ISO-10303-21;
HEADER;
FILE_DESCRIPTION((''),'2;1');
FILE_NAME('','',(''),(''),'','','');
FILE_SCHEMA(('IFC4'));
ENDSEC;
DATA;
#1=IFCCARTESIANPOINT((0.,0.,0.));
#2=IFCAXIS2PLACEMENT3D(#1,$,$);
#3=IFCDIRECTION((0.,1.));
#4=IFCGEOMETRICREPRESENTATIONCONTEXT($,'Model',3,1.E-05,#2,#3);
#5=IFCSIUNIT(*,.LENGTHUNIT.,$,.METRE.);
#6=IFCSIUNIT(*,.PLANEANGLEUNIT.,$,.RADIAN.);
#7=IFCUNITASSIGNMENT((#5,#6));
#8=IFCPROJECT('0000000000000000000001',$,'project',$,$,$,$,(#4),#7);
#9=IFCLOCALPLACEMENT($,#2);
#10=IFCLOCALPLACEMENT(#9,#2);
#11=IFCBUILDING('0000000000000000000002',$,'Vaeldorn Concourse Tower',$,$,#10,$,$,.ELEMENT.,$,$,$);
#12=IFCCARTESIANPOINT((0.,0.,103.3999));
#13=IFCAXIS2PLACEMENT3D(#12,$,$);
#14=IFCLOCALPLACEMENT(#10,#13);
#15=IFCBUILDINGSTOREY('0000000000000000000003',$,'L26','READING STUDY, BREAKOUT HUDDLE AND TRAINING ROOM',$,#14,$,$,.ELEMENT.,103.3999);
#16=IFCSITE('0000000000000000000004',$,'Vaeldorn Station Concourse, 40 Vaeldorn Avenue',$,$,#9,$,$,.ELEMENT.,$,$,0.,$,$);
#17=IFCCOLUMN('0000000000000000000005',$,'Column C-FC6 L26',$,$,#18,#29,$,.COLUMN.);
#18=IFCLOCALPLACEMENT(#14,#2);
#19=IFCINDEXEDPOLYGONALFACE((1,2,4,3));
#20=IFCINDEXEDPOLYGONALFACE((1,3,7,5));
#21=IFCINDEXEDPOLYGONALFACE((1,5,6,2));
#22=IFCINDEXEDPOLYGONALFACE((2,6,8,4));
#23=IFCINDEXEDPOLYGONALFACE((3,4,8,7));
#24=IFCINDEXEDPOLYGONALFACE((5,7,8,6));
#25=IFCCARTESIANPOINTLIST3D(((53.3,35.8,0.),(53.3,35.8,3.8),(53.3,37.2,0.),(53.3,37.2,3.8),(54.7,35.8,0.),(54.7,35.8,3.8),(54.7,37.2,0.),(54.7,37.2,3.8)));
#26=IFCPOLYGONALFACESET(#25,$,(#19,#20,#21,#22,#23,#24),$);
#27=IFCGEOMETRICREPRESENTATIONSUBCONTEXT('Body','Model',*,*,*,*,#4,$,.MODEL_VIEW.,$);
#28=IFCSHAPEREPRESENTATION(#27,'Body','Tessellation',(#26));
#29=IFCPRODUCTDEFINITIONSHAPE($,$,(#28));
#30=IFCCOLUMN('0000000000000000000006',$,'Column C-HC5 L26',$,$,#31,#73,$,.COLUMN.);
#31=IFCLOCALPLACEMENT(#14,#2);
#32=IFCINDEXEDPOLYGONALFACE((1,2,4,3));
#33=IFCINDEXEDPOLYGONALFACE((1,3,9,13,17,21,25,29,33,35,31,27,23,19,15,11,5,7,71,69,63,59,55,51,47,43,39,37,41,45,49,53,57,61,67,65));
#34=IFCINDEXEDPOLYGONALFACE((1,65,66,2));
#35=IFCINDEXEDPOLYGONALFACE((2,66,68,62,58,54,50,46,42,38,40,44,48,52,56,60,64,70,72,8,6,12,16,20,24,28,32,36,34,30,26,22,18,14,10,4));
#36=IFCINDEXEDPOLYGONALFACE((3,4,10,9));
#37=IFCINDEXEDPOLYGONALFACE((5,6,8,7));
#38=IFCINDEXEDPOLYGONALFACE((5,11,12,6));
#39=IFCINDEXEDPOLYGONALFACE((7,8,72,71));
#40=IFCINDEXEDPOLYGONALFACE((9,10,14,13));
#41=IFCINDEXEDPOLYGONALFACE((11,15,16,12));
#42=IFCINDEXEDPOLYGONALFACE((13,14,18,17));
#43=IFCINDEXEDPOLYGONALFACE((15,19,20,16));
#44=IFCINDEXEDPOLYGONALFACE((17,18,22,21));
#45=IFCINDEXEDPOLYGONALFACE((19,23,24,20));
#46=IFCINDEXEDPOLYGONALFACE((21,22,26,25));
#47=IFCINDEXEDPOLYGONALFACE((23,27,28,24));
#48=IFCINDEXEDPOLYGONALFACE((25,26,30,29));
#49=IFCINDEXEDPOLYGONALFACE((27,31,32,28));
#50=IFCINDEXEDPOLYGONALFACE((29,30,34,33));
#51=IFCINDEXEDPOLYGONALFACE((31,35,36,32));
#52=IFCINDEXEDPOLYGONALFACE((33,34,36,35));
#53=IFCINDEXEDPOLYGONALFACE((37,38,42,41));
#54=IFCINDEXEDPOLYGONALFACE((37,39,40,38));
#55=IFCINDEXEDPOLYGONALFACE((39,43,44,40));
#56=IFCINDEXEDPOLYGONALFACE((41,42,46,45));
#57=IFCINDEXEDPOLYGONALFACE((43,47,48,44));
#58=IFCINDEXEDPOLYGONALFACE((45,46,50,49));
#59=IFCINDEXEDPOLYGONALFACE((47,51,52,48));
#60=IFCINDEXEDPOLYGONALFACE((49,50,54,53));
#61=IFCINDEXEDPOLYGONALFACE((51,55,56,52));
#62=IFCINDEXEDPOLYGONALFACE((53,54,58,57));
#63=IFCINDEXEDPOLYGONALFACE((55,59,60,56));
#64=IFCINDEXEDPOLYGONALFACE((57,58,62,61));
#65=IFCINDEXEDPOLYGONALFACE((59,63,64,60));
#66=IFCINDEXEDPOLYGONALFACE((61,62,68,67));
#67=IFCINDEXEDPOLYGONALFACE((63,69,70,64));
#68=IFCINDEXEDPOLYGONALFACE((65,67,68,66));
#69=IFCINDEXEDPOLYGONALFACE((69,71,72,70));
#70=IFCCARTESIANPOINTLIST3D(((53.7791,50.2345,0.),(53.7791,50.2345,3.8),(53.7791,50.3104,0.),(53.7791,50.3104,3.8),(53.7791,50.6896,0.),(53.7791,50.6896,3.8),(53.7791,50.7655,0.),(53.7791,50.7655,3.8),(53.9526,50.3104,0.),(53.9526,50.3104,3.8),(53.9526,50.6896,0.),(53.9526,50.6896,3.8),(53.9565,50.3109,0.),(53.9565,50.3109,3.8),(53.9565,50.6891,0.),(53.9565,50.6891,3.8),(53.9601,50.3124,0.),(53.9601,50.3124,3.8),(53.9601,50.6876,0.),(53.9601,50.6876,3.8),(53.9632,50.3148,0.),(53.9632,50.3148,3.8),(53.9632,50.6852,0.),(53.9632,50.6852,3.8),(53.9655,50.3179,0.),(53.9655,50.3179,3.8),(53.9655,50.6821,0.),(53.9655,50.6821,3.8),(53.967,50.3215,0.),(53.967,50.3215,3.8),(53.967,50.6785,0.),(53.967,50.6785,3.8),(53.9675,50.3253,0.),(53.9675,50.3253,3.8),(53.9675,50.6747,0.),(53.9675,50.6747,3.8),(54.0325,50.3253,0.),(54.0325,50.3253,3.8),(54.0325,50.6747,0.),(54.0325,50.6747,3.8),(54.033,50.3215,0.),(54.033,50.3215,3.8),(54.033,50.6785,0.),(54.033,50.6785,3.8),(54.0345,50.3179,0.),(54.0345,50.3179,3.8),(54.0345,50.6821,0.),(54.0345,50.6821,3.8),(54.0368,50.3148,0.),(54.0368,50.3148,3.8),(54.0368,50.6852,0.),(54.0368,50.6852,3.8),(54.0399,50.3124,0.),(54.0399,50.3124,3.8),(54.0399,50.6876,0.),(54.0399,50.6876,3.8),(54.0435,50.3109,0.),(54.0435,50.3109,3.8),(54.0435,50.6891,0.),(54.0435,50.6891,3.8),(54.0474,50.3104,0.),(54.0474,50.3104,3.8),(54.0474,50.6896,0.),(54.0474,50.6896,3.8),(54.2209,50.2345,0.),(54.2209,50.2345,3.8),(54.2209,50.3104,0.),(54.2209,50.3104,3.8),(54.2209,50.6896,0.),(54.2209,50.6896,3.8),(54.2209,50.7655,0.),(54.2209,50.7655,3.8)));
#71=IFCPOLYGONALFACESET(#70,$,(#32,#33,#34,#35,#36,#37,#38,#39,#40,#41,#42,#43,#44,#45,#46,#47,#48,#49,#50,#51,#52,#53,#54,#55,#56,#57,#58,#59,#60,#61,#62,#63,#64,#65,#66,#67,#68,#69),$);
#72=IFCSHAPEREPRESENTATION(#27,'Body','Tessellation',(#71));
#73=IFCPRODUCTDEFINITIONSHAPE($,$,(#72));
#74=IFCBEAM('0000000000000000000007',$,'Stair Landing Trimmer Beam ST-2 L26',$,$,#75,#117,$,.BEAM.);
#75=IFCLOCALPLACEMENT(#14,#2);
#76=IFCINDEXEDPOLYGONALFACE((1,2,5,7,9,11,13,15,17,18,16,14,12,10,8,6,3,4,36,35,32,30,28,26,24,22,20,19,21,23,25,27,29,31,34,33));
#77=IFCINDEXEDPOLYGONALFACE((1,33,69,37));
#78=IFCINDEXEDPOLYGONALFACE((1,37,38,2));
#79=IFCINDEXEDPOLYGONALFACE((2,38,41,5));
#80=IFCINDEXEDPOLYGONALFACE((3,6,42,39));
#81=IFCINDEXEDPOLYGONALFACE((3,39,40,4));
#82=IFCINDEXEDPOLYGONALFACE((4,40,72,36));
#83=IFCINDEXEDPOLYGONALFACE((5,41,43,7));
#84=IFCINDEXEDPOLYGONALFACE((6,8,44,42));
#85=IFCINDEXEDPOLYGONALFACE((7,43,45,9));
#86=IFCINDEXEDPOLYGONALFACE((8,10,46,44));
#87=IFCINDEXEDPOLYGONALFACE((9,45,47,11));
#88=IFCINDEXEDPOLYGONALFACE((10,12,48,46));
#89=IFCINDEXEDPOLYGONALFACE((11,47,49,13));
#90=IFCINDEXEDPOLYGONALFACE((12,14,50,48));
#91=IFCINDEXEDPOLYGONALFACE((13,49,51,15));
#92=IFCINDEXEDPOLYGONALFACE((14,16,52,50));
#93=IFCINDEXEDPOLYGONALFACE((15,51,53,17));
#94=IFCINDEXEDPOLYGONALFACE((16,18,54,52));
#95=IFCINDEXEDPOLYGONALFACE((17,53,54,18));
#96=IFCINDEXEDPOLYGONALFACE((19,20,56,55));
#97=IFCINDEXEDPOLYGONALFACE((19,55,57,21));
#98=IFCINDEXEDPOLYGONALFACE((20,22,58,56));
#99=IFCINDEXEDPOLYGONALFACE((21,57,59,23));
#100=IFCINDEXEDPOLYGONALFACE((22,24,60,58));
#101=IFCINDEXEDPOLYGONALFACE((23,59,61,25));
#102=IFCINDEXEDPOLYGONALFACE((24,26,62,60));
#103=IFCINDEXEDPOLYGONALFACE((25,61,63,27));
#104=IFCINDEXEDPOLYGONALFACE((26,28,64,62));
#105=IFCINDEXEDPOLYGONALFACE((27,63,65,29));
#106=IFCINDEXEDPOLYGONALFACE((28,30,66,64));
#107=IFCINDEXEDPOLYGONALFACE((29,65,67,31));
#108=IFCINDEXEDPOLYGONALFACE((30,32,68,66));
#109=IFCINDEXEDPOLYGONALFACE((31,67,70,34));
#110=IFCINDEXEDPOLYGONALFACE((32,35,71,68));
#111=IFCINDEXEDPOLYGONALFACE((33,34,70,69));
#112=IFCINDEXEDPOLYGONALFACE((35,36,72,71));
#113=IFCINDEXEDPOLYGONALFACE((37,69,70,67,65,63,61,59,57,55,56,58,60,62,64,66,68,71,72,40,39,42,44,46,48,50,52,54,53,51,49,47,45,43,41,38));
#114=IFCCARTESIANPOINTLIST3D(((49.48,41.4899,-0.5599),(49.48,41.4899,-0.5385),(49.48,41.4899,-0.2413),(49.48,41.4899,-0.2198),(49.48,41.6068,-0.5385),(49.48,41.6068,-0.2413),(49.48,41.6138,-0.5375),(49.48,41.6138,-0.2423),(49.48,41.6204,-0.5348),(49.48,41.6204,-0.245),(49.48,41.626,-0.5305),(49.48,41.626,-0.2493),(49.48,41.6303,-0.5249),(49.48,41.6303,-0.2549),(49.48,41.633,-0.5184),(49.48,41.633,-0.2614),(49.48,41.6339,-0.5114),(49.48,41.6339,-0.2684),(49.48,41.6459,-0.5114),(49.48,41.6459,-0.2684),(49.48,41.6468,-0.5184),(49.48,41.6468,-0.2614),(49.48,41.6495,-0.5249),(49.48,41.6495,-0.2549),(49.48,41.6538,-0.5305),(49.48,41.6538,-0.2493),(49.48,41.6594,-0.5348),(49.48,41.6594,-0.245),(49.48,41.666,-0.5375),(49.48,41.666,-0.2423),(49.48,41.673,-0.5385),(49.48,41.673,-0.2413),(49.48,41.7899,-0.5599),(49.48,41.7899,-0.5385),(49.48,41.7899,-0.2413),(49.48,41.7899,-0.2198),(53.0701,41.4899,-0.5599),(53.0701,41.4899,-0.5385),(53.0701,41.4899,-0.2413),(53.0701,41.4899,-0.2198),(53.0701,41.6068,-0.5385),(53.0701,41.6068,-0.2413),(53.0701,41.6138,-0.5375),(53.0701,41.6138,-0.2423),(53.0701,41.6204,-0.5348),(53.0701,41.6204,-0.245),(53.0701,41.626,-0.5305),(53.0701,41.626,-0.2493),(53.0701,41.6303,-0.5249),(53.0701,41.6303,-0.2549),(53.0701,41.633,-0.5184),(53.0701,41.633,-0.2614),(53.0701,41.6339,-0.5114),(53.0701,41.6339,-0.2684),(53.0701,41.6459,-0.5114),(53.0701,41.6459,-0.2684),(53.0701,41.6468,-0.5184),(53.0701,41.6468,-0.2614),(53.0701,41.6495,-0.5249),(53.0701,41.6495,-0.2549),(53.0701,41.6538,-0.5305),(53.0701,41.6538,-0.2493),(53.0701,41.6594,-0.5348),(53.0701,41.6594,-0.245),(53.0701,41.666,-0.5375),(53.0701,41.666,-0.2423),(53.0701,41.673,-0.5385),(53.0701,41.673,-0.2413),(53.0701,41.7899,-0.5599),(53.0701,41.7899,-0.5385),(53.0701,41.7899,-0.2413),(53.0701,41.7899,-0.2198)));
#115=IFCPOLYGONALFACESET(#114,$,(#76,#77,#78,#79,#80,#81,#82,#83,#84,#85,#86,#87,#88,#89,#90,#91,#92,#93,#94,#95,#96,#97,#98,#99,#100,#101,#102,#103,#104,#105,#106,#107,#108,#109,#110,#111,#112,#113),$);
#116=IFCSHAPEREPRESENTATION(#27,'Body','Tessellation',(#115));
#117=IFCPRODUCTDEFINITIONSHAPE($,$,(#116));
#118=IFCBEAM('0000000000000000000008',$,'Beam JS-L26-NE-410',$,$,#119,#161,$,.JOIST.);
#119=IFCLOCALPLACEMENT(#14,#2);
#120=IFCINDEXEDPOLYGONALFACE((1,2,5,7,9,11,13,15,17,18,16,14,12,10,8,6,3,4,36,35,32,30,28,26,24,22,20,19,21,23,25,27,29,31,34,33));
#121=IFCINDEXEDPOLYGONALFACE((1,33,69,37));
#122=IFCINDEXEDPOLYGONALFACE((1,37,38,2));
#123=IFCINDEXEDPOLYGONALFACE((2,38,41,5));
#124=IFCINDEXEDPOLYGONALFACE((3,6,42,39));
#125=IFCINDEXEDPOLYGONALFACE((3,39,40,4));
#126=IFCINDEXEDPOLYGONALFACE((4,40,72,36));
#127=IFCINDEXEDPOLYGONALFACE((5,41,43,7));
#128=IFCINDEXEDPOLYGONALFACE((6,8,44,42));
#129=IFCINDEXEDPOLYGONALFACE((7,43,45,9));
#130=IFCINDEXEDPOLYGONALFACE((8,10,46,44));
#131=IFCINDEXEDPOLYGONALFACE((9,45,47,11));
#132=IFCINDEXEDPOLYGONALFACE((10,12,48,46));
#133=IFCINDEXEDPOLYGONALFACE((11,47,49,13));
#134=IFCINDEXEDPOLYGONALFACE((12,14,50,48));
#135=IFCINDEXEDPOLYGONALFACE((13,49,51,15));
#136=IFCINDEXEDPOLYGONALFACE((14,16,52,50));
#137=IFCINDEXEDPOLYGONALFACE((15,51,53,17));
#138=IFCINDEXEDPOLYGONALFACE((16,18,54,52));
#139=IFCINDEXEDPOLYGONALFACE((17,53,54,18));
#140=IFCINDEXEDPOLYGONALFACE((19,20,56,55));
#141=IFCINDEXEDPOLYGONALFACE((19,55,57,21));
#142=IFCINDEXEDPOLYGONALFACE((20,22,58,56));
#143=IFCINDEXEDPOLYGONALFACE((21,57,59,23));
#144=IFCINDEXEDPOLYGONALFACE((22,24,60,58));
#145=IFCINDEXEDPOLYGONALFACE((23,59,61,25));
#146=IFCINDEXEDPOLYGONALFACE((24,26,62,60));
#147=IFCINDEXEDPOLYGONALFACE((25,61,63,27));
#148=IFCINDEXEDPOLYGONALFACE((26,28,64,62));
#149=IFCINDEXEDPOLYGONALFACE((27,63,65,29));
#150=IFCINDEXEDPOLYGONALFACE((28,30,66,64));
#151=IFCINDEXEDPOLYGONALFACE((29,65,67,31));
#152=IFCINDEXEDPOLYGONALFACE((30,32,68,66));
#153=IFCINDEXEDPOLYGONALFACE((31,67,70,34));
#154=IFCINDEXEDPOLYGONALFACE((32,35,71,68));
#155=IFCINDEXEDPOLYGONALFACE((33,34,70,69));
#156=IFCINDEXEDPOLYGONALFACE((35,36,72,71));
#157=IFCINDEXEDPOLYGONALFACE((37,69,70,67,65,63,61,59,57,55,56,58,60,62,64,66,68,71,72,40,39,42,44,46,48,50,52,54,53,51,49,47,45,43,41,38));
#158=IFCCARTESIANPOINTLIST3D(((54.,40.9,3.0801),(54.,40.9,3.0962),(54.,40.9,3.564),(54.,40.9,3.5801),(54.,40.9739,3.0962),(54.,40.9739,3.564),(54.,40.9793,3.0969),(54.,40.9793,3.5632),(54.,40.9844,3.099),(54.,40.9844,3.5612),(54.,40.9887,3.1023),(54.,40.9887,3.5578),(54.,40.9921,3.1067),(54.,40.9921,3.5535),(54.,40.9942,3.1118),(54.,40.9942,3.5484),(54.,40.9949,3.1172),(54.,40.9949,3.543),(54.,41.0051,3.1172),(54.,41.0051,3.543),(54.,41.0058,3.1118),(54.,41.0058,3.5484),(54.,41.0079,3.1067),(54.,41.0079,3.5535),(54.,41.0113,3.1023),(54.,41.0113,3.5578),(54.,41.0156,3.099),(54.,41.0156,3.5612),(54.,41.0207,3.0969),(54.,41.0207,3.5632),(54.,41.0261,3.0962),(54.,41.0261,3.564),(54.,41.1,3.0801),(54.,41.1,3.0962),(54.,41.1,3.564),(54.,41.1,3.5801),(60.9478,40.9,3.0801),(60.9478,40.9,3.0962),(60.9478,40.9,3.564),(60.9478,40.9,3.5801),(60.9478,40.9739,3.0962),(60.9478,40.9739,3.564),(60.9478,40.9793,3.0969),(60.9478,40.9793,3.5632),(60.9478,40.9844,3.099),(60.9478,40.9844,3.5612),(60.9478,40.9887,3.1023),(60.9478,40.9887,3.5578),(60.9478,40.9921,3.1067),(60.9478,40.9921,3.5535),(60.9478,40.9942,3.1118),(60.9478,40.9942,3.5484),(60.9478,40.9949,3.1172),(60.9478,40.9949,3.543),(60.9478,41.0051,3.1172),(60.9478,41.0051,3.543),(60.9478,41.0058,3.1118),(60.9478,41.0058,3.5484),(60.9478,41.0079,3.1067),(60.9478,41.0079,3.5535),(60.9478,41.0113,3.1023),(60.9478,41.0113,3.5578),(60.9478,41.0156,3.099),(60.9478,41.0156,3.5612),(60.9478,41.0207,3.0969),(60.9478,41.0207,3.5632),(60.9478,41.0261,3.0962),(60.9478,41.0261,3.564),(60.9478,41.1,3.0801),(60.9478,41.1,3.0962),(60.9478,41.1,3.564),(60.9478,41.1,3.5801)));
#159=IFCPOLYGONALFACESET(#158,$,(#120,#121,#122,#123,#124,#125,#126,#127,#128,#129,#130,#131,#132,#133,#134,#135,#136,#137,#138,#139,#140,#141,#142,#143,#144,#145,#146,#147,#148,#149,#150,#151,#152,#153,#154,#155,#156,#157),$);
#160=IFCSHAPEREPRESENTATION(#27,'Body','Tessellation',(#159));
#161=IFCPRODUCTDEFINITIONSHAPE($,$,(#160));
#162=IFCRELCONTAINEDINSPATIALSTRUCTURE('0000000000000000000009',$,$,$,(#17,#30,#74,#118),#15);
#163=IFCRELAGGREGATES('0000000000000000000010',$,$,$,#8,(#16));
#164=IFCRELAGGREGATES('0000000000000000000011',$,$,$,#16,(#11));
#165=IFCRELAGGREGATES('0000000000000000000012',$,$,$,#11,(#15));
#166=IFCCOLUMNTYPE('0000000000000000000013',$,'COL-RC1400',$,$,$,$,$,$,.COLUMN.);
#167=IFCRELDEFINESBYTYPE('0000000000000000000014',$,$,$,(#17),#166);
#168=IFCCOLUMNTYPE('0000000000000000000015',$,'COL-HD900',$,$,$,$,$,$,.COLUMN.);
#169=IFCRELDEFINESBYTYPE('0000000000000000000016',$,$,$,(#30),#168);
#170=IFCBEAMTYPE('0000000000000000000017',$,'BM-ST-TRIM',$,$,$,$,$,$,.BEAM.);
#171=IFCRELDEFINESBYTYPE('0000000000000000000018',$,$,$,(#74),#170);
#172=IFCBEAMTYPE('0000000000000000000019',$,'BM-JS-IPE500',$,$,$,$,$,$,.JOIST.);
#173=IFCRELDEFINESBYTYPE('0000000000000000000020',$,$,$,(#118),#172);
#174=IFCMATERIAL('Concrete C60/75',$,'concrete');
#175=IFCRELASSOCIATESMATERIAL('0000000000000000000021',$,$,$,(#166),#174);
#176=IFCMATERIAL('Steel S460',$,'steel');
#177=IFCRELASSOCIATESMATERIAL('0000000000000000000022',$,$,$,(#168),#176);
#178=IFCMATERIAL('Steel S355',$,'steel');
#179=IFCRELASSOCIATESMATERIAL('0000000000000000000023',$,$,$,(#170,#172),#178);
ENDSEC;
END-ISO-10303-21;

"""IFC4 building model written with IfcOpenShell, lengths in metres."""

from ifc_helpers import new_model, si_unit, direction, frame, origin, origin_2d, place, context, subcontext, project, spatial, rectangle, i_section, extrude, source, transform, mapped, material, material_profile, profile_set, type_object, element, save


model = new_model("IFC4")

# Units and contexts
model_context = context("Model", 3, precision=1e-05, world=origin(), true_north=direction((0.0, 1.0)))
body_context = subcontext(model_context, "Body", "Model", "MODEL_VIEW")
ifc_project = project(units=[si_unit("LENGTHUNIT", "METRE"), si_unit("PLANEANGLEUNIT", "RADIAN")], contexts=[model_context])

# Site, building, storey
site_placement = place(None, origin())
site = spatial("IfcSite", under=ifc_project, at=site_placement, Name="Vaeldorn Station Concourse, 40 Vaeldorn Avenue", CompositionType="ELEMENT", RefElevation=0.0)
building_placement = place(site_placement, origin())
building = spatial("IfcBuilding", under=site, at=building_placement, Name="Vaeldorn Concourse Tower", CompositionType="ELEMENT")
storey_placement = place(building_placement, frame((0.0, 0.0, 103.3999)))
storey = spatial("IfcBuildingStorey", under=building, at=storey_placement, Name="L26", Description="READING STUDY, BREAKOUT HUDDLE AND TRAINING ROOM", CompositionType="ELEMENT", Elevation=103.3999)

# Columns
ifc_material_1 = material(Name="Concrete C60/75", Category="concrete")
ifc_material_profile_1 = material_profile(ifc_material_1, rectangle(XDim=1.3999, YDim=1.3999, at=origin_2d()), Name="RC 1400x1400")
ifc_profile_set_1 = profile_set([ifc_material_profile_1], Name="Concrete C60/75")
column_type_1 = type_object("IfcColumnType", Name="COL-RC1400", PredefinedType="COLUMN", material=ifc_profile_set_1)
shared_shape_1 = source(origin(), body_context, "Body", "SweptSolid", [
    extrude(rectangle(XDim=1.3999, YDim=1.3999, at=origin_2d()), origin(), (0.0, 0.0, 1.0), 3.8),
])
column_1_placement = place(storey_placement, frame((54.0, 36.5, 0.0), z_axis=(0.0, 0.0, 1.0), x_axis=(1.0, 0.0, 0.0)))
element("IfcColumn", 1, at=column_1_placement, inside=storey, type_object=column_type_1, Name="Column C-FC6 L26", PredefinedType="COLUMN", context=body_context, shape_type="MappedRepresentation", body=[
    mapped(shared_shape_1, transform((0.0, 0.0, 0.0), scale=1.0)),
])
ifc_material_2 = material(Name="Steel S460", Category="steel")
ifc_material_profile_2 = material_profile(ifc_material_2, i_section(OverallWidth=0.4419, OverallDepth=0.531, WebThickness=0.0649, FlangeThickness=0.0759, FilletRadius=0.0149, at=origin_2d()), Name="HD 400x900")
ifc_profile_set_2 = profile_set([ifc_material_profile_2], Name="Steel S460")
column_type_2 = type_object("IfcColumnType", Name="COL-HD900", PredefinedType="COLUMN", material=ifc_profile_set_2)
shared_shape_2 = source(origin(), body_context, "Body", "SweptSolid", [
    extrude(i_section(OverallWidth=0.4419, OverallDepth=0.531, WebThickness=0.0649, FlangeThickness=0.0759, FilletRadius=0.0149, at=origin_2d()), origin(), (0.0, 0.0, 1.0), 3.8),
])
column_2_placement = place(storey_placement, frame((54.0, 50.5, 0.0), z_axis=(0.0, 0.0, 1.0), x_axis=(1.0, 0.0, 0.0)))
element("IfcColumn", 2, at=column_2_placement, inside=storey, type_object=column_type_2, Name="Column C-HC5 L26", PredefinedType="COLUMN", context=body_context, shape_type="MappedRepresentation", body=[
    mapped(shared_shape_2, transform((0.0, 0.0, 0.0), scale=1.0)),
])

# Beams
ifc_material_3 = material(Name="Steel S355", Category="steel")
ifc_material_profile_3 = material_profile(ifc_material_3, i_section(OverallWidth=0.3, OverallDepth=0.3401, WebThickness=0.012, FlangeThickness=0.0215, FilletRadius=0.0271, at=origin_2d()), Name="HEB 340")
ifc_profile_set_3 = profile_set([ifc_material_profile_3], Name="Steel S355")
beam_type_1 = type_object("IfcBeamType", Name="BM-ST-TRIM", PredefinedType="BEAM", material=ifc_profile_set_3)
shared_shape_3 = source(origin(), body_context, "Body", "SweptSolid", [
    extrude(i_section(OverallWidth=0.3, OverallDepth=0.3401, WebThickness=0.012, FlangeThickness=0.0215, FilletRadius=0.0271, at=origin_2d()), origin(), (0.0, 0.0, 1.0), 3.5901),
])
beam_1_placement = place(storey_placement, frame((49.48, 41.6399, -0.3899), z_axis=(1.0, 0.0, 0.0), x_axis=(0.0, 1.0, 0.0)))
element("IfcBeam", 3, at=beam_1_placement, inside=storey, type_object=beam_type_1, Name="Stair Landing Trimmer Beam ST-2 L26", PredefinedType="BEAM", context=body_context, shape_type="MappedRepresentation", body=[
    mapped(shared_shape_3, transform((0.0, 0.0, 0.0), scale=1.0)),
])
ifc_material_profile_4 = material_profile(ifc_material_3, i_section(OverallWidth=0.2, OverallDepth=0.5, WebThickness=0.0103, FlangeThickness=0.0161, FilletRadius=0.021, at=origin_2d()), Name="IPE 500")
ifc_profile_set_4 = profile_set([ifc_material_profile_4], Name="Steel S355")
beam_type_2 = type_object("IfcBeamType", Name="BM-JS-IPE500", PredefinedType="JOIST", material=ifc_profile_set_4)
shared_shape_4 = source(origin(), body_context, "Body", "SweptSolid", [
    extrude(i_section(OverallWidth=0.2, OverallDepth=0.5, WebThickness=0.0103, FlangeThickness=0.0161, FilletRadius=0.021, at=origin_2d()), origin(), (0.0, 0.0, 1.0), 6.9478),
])
beam_2_placement = place(storey_placement, frame((54.0, 41.0, 3.3301), z_axis=(1.0, 0.0, 0.0), x_axis=(0.0, 1.0, 0.0)))
element("IfcBeam", 4, at=beam_2_placement, inside=storey, type_object=beam_type_2, Name="Beam JS-L26-NE-410", PredefinedType="JOIST", context=body_context, shape_type="MappedRepresentation", body=[
    mapped(shared_shape_4, transform((0.0, 0.0, 0.0), scale=1.0)),
])

save(model, "model.ifc")
